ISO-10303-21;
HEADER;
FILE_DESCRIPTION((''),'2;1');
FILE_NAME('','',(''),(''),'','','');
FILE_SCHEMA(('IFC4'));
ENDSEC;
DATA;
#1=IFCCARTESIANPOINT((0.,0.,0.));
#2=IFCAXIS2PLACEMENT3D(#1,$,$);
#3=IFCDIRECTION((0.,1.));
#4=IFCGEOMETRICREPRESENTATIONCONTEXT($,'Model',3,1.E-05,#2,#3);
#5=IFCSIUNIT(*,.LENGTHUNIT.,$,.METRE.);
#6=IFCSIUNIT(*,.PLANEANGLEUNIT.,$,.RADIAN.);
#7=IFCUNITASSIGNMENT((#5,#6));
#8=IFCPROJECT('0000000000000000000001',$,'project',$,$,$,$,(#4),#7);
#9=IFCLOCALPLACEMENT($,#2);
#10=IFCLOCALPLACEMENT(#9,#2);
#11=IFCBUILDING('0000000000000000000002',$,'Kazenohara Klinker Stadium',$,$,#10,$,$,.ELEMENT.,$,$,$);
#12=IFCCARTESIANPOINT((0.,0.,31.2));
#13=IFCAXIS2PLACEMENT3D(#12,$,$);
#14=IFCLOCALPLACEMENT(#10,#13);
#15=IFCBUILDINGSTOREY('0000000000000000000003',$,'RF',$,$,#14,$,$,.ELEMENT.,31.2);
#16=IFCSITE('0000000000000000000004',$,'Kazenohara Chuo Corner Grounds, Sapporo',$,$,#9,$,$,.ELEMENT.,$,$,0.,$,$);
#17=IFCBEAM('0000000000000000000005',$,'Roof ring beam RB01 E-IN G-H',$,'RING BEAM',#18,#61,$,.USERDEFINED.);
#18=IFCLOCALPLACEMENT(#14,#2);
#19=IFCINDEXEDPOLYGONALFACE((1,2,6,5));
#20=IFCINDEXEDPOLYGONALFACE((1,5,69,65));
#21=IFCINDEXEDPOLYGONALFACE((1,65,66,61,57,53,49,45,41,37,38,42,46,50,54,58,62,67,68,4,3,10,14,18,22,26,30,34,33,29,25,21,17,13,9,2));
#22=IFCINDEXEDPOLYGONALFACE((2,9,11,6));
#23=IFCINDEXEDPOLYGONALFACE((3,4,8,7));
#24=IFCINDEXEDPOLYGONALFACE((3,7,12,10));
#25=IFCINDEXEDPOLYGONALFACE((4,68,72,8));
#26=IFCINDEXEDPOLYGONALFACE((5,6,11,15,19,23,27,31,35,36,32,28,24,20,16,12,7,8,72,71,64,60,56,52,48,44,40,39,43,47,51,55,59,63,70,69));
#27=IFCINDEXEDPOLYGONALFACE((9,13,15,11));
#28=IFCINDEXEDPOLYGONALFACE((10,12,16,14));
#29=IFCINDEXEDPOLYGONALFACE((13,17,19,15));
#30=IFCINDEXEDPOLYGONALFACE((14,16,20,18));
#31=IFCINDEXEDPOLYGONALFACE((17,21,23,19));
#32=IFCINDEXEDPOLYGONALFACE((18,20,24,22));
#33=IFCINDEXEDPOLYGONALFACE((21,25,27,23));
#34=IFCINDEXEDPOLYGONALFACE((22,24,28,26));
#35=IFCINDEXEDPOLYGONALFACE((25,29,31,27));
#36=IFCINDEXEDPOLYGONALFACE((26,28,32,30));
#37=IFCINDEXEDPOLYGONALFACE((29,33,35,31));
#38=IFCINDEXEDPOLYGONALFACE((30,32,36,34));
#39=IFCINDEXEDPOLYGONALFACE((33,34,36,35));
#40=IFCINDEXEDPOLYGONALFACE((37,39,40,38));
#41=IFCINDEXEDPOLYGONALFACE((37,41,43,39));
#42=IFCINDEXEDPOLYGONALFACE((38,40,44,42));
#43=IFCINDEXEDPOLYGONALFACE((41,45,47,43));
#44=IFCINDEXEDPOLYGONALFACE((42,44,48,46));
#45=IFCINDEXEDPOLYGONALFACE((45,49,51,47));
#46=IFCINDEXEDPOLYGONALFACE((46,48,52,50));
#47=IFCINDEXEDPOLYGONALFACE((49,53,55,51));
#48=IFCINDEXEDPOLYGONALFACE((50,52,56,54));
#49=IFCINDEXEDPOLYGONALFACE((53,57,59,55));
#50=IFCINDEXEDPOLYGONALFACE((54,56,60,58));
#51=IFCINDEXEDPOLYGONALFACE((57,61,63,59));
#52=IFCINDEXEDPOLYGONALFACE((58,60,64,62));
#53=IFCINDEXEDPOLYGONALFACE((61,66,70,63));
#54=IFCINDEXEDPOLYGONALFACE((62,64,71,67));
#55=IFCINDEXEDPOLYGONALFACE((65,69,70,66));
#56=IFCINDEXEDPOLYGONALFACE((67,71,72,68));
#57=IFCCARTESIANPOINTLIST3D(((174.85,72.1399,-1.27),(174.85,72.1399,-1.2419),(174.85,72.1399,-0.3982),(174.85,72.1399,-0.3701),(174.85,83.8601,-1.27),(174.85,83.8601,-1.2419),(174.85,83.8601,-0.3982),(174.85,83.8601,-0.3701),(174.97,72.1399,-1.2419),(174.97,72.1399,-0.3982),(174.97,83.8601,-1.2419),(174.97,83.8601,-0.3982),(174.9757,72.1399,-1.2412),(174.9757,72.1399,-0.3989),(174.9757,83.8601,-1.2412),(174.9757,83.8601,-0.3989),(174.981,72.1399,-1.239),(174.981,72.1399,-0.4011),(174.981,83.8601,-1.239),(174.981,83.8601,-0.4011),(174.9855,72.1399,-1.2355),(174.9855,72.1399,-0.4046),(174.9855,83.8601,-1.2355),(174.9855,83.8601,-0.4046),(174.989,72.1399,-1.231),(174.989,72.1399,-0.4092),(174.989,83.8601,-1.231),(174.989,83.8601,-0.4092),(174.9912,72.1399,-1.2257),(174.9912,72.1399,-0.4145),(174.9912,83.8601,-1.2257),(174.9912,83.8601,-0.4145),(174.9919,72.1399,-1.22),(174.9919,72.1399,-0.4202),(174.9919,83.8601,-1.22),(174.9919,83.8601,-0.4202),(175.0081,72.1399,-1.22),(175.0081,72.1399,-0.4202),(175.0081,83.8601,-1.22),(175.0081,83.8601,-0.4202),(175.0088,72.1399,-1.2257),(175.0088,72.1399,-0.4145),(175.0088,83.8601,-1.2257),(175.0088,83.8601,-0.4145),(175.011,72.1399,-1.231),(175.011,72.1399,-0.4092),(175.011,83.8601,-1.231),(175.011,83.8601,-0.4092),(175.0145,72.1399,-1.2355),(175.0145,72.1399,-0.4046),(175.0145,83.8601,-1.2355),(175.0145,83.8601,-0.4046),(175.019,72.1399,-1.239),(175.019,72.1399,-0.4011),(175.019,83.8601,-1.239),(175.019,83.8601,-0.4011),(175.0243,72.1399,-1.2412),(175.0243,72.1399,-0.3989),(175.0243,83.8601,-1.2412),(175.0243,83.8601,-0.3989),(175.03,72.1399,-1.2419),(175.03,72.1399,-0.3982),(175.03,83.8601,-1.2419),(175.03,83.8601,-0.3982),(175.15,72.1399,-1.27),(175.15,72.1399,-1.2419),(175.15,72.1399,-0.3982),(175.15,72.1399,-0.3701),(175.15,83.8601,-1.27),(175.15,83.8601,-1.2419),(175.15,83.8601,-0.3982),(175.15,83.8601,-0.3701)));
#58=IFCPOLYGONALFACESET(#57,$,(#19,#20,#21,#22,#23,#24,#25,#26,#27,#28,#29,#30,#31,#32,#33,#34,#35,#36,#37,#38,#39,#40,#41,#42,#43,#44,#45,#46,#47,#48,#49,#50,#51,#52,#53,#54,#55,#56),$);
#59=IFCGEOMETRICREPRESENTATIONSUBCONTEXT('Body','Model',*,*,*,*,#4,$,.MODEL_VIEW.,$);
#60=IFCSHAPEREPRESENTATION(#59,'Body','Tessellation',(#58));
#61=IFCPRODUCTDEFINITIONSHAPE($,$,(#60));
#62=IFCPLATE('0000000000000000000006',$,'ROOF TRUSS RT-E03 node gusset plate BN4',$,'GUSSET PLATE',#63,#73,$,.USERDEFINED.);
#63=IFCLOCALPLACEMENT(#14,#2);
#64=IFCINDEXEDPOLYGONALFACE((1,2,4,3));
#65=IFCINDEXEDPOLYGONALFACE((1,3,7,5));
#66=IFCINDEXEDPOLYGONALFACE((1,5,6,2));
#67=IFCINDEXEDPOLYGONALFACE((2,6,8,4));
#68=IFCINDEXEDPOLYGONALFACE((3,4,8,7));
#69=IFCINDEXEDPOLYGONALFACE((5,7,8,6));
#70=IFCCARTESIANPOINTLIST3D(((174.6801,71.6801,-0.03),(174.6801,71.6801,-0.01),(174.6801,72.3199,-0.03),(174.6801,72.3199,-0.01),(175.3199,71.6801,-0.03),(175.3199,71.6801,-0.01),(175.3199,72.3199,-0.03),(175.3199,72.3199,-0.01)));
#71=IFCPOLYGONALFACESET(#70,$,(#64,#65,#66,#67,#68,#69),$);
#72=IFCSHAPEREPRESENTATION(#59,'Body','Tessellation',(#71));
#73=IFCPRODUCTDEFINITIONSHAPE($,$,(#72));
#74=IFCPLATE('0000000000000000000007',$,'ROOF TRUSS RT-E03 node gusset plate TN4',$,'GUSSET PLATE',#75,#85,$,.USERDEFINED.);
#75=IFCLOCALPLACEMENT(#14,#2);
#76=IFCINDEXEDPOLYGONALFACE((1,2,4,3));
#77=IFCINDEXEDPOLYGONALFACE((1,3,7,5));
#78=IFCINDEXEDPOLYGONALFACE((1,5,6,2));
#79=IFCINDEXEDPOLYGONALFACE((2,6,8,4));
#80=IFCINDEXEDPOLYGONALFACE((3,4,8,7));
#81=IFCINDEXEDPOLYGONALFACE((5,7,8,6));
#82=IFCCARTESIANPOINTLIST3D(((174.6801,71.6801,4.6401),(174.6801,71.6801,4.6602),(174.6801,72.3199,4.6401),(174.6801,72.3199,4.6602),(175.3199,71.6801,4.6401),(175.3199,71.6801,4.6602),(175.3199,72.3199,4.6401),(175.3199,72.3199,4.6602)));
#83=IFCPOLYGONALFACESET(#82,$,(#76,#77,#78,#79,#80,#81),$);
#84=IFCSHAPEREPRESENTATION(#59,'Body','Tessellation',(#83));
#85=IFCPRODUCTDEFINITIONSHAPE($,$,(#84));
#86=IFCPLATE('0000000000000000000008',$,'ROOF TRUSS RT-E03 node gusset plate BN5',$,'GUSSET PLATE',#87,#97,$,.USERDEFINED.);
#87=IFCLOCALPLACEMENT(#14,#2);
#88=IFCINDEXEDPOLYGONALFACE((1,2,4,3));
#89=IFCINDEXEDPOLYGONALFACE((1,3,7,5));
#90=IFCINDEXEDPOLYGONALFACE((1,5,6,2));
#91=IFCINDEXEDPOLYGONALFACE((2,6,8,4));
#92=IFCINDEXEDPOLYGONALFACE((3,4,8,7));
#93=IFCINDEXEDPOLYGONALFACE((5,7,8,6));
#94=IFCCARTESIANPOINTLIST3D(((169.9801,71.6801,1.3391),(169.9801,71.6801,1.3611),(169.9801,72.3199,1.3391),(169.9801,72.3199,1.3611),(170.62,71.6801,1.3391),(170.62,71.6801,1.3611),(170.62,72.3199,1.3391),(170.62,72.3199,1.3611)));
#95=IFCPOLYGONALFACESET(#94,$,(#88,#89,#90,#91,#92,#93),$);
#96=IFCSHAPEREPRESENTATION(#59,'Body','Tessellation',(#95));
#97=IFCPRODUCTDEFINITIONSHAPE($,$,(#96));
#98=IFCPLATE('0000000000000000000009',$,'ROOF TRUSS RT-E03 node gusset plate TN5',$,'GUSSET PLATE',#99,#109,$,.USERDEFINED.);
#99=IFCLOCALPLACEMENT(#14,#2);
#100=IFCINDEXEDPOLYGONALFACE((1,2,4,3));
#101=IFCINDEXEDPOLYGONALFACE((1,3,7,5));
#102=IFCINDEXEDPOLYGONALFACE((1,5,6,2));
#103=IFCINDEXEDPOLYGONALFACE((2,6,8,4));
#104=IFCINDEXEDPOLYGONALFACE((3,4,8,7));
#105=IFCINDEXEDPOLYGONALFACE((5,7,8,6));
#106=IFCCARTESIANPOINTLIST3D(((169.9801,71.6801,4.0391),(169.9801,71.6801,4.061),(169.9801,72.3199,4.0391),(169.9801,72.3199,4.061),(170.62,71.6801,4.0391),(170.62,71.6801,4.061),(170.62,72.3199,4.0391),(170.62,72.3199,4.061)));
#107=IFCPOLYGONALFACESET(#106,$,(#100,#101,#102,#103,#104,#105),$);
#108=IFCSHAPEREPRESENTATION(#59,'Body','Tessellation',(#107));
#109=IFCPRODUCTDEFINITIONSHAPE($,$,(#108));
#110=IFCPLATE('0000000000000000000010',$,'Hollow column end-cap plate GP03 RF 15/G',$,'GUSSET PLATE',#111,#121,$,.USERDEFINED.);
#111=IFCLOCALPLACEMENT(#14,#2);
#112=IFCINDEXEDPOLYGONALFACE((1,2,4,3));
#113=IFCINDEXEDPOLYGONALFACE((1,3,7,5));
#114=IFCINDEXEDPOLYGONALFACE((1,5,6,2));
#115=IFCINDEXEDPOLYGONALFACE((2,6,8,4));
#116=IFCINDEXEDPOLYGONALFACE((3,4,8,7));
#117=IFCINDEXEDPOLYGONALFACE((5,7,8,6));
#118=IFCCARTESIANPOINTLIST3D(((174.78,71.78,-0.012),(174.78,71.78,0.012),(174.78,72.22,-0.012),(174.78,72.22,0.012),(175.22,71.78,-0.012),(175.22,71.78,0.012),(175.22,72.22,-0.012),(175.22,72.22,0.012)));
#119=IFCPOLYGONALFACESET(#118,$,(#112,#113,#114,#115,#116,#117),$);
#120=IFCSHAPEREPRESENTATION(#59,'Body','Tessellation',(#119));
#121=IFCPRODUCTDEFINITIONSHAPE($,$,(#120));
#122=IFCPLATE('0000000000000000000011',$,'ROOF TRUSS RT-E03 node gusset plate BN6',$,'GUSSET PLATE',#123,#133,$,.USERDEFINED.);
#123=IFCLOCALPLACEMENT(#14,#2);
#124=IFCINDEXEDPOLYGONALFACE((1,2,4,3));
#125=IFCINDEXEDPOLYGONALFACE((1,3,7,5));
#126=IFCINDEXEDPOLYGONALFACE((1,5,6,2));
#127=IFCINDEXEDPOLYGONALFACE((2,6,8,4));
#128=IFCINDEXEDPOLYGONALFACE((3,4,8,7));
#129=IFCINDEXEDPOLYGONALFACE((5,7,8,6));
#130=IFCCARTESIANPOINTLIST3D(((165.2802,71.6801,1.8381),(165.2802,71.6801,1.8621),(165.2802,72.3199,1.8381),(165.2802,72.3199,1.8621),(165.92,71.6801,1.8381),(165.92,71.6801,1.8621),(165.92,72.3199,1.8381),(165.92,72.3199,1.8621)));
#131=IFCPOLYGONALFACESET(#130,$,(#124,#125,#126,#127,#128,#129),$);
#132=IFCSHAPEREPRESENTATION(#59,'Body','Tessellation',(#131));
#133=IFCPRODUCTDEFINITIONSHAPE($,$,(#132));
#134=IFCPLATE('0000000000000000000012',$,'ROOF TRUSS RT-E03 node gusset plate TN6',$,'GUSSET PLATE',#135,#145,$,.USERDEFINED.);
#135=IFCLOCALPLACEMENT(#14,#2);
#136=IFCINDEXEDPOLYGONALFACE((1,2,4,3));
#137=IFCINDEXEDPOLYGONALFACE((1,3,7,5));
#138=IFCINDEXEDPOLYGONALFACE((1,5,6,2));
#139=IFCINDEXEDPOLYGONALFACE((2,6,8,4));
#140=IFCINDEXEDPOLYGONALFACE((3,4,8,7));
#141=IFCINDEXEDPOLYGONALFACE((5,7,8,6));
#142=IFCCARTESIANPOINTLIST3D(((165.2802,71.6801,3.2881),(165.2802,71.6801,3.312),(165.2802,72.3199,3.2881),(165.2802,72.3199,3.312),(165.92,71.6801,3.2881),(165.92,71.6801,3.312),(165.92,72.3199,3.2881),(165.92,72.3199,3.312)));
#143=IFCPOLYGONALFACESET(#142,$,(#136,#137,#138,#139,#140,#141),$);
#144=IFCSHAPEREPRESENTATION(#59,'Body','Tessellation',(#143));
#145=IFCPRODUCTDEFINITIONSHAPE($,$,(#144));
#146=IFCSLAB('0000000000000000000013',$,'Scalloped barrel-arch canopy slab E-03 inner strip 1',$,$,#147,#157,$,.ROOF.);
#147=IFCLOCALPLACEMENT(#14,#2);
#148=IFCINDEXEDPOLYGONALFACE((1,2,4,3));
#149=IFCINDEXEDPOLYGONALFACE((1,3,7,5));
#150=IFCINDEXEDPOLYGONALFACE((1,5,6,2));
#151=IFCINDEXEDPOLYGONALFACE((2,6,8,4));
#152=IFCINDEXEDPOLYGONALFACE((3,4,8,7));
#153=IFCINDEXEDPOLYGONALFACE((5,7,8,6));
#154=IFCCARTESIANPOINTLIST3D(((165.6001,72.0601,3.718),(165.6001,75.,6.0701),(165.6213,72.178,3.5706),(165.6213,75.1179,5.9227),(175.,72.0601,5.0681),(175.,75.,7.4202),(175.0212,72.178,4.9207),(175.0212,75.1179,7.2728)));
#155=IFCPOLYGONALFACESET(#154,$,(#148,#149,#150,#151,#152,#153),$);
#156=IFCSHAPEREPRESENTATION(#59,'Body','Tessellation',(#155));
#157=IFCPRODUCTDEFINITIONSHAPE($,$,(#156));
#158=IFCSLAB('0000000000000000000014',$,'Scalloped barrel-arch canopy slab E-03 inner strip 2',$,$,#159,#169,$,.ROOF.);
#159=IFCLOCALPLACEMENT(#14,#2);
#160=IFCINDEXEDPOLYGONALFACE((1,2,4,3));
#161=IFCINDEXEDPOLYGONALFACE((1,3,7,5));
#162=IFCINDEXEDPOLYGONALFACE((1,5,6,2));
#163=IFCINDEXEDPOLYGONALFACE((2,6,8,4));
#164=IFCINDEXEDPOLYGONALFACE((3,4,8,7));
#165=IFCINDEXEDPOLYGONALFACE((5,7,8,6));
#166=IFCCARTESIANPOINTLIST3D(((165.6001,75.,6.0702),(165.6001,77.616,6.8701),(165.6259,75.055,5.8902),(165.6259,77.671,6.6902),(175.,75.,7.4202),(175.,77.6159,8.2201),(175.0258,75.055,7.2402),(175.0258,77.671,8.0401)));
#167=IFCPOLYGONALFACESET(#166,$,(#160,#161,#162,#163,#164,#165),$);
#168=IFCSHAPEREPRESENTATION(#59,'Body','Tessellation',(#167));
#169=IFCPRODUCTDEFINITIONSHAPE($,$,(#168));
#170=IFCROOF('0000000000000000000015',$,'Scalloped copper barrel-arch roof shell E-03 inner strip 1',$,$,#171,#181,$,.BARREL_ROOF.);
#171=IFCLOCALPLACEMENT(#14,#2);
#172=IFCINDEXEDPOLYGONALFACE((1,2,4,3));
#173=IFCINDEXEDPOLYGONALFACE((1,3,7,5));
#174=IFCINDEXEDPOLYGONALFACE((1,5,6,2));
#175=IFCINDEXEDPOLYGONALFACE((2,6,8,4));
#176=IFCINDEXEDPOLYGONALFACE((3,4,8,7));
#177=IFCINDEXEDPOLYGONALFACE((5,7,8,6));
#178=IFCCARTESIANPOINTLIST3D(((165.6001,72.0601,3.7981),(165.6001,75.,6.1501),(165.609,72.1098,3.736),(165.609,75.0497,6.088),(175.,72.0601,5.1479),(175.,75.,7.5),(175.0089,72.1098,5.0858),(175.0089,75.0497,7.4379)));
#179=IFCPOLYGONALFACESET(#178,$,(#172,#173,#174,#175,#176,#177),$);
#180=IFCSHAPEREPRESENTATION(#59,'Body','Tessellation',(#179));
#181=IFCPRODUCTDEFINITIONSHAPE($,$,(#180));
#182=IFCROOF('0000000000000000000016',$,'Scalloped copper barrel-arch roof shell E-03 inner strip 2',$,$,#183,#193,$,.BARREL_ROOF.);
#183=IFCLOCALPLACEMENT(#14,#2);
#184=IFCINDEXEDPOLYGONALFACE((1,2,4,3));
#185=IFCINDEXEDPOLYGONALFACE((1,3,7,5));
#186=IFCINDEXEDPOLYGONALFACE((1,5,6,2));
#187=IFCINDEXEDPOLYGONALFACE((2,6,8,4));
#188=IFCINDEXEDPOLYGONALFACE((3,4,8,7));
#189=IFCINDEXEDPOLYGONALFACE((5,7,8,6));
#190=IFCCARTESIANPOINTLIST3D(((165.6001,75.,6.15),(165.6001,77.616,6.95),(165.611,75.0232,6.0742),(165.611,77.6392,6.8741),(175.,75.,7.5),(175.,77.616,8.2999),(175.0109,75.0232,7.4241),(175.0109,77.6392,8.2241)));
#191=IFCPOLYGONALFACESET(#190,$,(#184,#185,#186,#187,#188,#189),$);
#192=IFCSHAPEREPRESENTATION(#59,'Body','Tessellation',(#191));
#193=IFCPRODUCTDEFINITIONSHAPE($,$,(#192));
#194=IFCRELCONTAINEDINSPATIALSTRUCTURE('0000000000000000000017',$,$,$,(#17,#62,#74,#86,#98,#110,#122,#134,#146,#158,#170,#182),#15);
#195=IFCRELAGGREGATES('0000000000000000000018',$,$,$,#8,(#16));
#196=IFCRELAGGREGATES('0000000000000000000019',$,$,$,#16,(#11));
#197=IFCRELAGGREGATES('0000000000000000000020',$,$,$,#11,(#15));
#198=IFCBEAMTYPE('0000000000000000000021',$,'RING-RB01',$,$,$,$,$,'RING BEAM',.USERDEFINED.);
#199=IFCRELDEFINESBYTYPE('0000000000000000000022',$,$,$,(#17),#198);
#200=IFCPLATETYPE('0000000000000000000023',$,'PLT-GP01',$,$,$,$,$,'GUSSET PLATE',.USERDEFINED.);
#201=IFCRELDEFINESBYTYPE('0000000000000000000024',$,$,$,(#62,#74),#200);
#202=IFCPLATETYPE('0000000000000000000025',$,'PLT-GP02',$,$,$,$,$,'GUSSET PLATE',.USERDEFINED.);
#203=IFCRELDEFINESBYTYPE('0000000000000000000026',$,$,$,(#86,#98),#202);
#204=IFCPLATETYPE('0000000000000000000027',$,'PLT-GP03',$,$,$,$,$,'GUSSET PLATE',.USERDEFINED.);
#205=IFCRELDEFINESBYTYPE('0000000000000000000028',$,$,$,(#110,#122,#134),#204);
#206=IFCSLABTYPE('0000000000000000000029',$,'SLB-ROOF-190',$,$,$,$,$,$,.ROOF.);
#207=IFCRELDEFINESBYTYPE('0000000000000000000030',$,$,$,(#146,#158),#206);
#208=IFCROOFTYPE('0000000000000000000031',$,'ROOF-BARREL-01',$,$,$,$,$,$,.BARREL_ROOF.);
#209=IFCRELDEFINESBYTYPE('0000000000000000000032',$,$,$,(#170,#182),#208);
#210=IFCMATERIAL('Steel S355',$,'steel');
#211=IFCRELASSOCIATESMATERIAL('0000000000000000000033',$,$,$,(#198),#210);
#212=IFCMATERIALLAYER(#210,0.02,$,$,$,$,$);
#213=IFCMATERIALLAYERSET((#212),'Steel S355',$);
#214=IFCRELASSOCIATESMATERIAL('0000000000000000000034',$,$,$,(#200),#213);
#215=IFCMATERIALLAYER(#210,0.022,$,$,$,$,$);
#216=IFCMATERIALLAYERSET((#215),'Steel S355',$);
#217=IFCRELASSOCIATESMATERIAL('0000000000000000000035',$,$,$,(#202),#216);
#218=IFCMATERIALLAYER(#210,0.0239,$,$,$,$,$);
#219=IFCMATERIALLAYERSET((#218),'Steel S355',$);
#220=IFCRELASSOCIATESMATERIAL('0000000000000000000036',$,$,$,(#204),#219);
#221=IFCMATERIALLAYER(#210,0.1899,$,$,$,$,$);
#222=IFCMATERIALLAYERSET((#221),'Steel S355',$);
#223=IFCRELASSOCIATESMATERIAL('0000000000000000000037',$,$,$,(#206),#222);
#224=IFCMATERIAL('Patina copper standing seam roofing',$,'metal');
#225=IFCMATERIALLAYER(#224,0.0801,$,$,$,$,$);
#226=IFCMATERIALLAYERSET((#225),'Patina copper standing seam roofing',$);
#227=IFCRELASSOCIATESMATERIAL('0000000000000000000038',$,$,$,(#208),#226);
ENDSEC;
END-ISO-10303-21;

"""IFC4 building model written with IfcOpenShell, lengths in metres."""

from ifc_helpers import new_model, si_unit, direction, frame, origin, origin_2d, place, context, subcontext, project, spatial, polyline, rectangle, i_section, outline, extrude, material, layer, layer_set, material_profile, profile_set, type_object, element, save


model = new_model("IFC4")

# Units and contexts
model_context = context("Model", 3, precision=1e-05, world=origin(), true_north=direction((0.0, 1.0)))
body_context = subcontext(model_context, "Body", "Model", "MODEL_VIEW")
ifc_project = project(units=[si_unit("LENGTHUNIT", "METRE"), si_unit("PLANEANGLEUNIT", "RADIAN")], contexts=[model_context])

# Site, building, storey
site_placement = place(None, origin())
site = spatial("IfcSite", under=ifc_project, at=site_placement, Name="Kazenohara Chuo Corner Grounds, Sapporo", CompositionType="ELEMENT", RefElevation=0.0)
building_placement = place(site_placement, origin())
building = spatial("IfcBuilding", under=site, at=building_placement, Name="Kazenohara Klinker Stadium", CompositionType="ELEMENT")
storey_placement = place(building_placement, frame((0.0, 0.0, 31.2)))
storey = spatial("IfcBuildingStorey", under=building, at=storey_placement, Name="RF", CompositionType="ELEMENT", Elevation=31.2)

# Shared definitions
ifc_material_1 = material(Name="Steel S355", Category="steel")

# Beam
ifc_material_profile_1 = material_profile(ifc_material_1, i_section(OverallWidth=0.3, OverallDepth=0.8999, WebThickness=0.0161, FlangeThickness=0.0281, FilletRadius=0.022, at=origin_2d()), Name="H-900x300x16x28")
ifc_profile_set_1 = profile_set([ifc_material_profile_1], Name="Steel S355")
beam_type = type_object("IfcBeamType", Name="RING-RB01", ElementType="RING BEAM", PredefinedType="USERDEFINED", material=ifc_profile_set_1)
beam_placement = place(storey_placement, frame((175.0, 72.1399, -0.8201), z_axis=(0.0, 1.0, 0.0), x_axis=(-1.0, 0.0, 0.0)))
element("IfcBeam", 1, at=beam_placement, inside=storey, type_object=beam_type, Name="Roof ring beam RB01 E-IN G-H", ObjectType="RING BEAM", PredefinedType="USERDEFINED", context=body_context, shape_type="SweptSolid", body=[
    extrude(i_section(OverallWidth=0.3, OverallDepth=0.8999, WebThickness=0.0161, FlangeThickness=0.0281, FilletRadius=0.022, at=origin_2d()), origin(), (0.0, 0.0, 1.0), 11.7202),
])

# Plates
ifc_layer_1 = layer(ifc_material_1, 0.02)
ifc_layer_set_1 = layer_set([ifc_layer_1], Name="Steel S355")
plate_type_1 = type_object("IfcPlateType", Name="PLT-GP01", ElementType="GUSSET PLATE", PredefinedType="USERDEFINED", material=ifc_layer_set_1)
for number, where, z_axis, x_axis, name in (
    (2, (175.0, 72.0, -0.03), (0.0, 0.0, 1.0), (1.0, 0.0, 0.0), "ROOF TRUSS RT-E03 node gusset plate BN4"),
    (3, (175.0, 72.0, 4.6401), (0.0, 0.0, 1.0), (1.0, 0.0, 0.0), "ROOF TRUSS RT-E03 node gusset plate TN4"),
):
    element("IfcPlate", number, at=place(storey_placement, frame(where, z_axis=z_axis, x_axis=x_axis)), inside=storey, type_object=plate_type_1, Name=name, ObjectType="GUSSET PLATE", PredefinedType="USERDEFINED", context=body_context, shape_type="SweptSolid", body=[
        extrude(rectangle(XDim=0.6399, YDim=0.6399, at=origin_2d()), origin(), (0.0, 0.0, 1.0), 0.02),
    ])
ifc_layer_2 = layer(ifc_material_1, 0.022)
ifc_layer_set_2 = layer_set([ifc_layer_2], Name="Steel S355")
plate_type_2 = type_object("IfcPlateType", Name="PLT-GP02", ElementType="GUSSET PLATE", PredefinedType="USERDEFINED", material=ifc_layer_set_2)
for number, where, z_axis, x_axis, name in (
    (4, (170.3, 72.0, 1.3391), (0.0, 0.0, 1.0), (1.0, 0.0, 0.0), "ROOF TRUSS RT-E03 node gusset plate BN5"),
    (5, (170.3, 72.0, 4.0391), (0.0, 0.0, 1.0), (1.0, 0.0, 0.0), "ROOF TRUSS RT-E03 node gusset plate TN5"),
):
    element("IfcPlate", number, at=place(storey_placement, frame(where, z_axis=z_axis, x_axis=x_axis)), inside=storey, type_object=plate_type_2, Name=name, ObjectType="GUSSET PLATE", PredefinedType="USERDEFINED", context=body_context, shape_type="SweptSolid", body=[
        extrude(rectangle(XDim=0.6399, YDim=0.6399, at=origin_2d()), origin(), (0.0, 0.0, 1.0), 0.022),
    ])
ifc_layer_3 = layer(ifc_material_1, 0.0239)
ifc_layer_set_3 = layer_set([ifc_layer_3], Name="Steel S355")
plate_type_3 = type_object("IfcPlateType", Name="PLT-GP03", ElementType="GUSSET PLATE", PredefinedType="USERDEFINED", material=ifc_layer_set_3)
plate_placement = place(storey_placement, frame((175.0, 72.0, -0.012), z_axis=(0.0, 0.0, 1.0), x_axis=(1.0, 0.0, 0.0)))
element("IfcPlate", 6, at=plate_placement, inside=storey, type_object=plate_type_3, Name="Hollow column end-cap plate GP03 RF 15/G", ObjectType="GUSSET PLATE", PredefinedType="USERDEFINED", context=body_context, shape_type="SweptSolid", body=[
    extrude(rectangle(XDim=0.4399, YDim=0.4399, at=origin_2d()), origin(), (0.0, 0.0, 1.0), 0.0239),
])
for number, where, z_axis, x_axis, name in (
    (7, (165.6001, 72.0, 1.8381), (0.0, 0.0, 1.0), (1.0, 0.0, 0.0), "ROOF TRUSS RT-E03 node gusset plate BN6"),
    (8, (165.6001, 72.0, 3.2881), (0.0, 0.0, 1.0), (1.0, 0.0, 0.0), "ROOF TRUSS RT-E03 node gusset plate TN6"),
):
    element("IfcPlate", number, at=place(storey_placement, frame(where, z_axis=z_axis, x_axis=x_axis)), inside=storey, type_object=plate_type_3, Name=name, ObjectType="GUSSET PLATE", PredefinedType="USERDEFINED", context=body_context, shape_type="SweptSolid", body=[
        extrude(rectangle(XDim=0.6399, YDim=0.6399, at=origin_2d()), origin(), (0.0, 0.0, 1.0), 0.0239),
    ])

# Slabs
ifc_layer_4 = layer(ifc_material_1, 0.1899)
ifc_layer_set_4 = layer_set([ifc_layer_4], Name="Steel S355")
slab_type = type_object("IfcSlabType", Name="SLB-ROOF-190", PredefinedType="ROOF", material=ifc_layer_set_4)
slab_1_placement = place(storey_placement, frame((175.0, 72.0601, 5.0681), z_axis=(-0.111455, -0.620819, 0.775991), x_axis=(-0.989842, 0.0, -0.14217)))
element("IfcSlab", 9, at=slab_1_placement, inside=storey, type_object=slab_type, Name="Scalloped barrel-arch canopy slab E-03 inner strip 1", PredefinedType="ROOF", context=body_context, shape_type="SweptSolid", body=[
    extrude(outline(polyline([(0.0, 0.0), (9.4964, 0.0), (9.162, -3.7501), (-0.3344, -3.7501), (0.0, 0.0)])), origin(), (0.0, 0.0, -1.0), 0.1899),
])
slab_2_placement = place(storey_placement, frame((175.0, 75.0, 7.4202), z_axis=(-0.136061, -0.289701, 0.947397), x_axis=(-0.989844, -0.000004, -0.142158)))
element("IfcSlab", 10, at=slab_2_placement, inside=storey, type_object=slab_type, Name="Scalloped barrel-arch canopy slab E-03 inner strip 2", PredefinedType="ROOF", context=body_context, shape_type="SweptSolid", body=[
    extrude(outline(polyline([(0.0, 0.0), (9.4964, 0.0), (9.3826, -2.7332), (-0.1137, -2.7331), (0.0, 0.0)])), origin(), (0.0, 0.0, -1.0), 0.1899),
])

# Roofs
ifc_material_2 = material(Name="Patina copper standing seam roofing", Category="metal")
ifc_layer_5 = layer(ifc_material_2, 0.0801)
ifc_layer_set_5 = layer_set([ifc_layer_5], Name="Patina copper standing seam roofing")
roof_type = type_object("IfcRoofType", Name="ROOF-BARREL-01", PredefinedType="BARREL_ROOF", material=ifc_layer_set_5)
roof_1_placement = place(storey_placement, frame((175.0, 72.0601, 5.1479), z_axis=(-0.111435, -0.62082, 0.775993), x_axis=(-0.989846, 0.0, -0.142145)))
element("IfcRoof", 11, at=roof_1_placement, inside=storey, type_object=roof_type, Name="Scalloped copper barrel-arch roof shell E-03 inner strip 1", PredefinedType="BARREL_ROOF", context=body_context, shape_type="SweptSolid", body=[
    extrude(outline(polyline([(0.0, 0.0), (9.4963, 0.0), (9.162, -3.7501), (-0.3343, -3.7501), (0.0, 0.0)])), origin(), (0.0, 0.0, -1.0), 0.0801),
])
roof_2_placement = place(storey_placement, frame((175.0, 75.0, 7.5), z_axis=(-0.136061, -0.289701, 0.947397), x_axis=(-0.989844, 0.000004, -0.142156)))
element("IfcRoof", 12, at=roof_2_placement, inside=storey, type_object=roof_type, Name="Scalloped copper barrel-arch roof shell E-03 inner strip 2", PredefinedType="BARREL_ROOF", context=body_context, shape_type="SweptSolid", body=[
    extrude(outline(polyline([(0.0, 0.0), (9.4963, 0.0), (9.3826, -2.7331), (-0.1137, -2.7332), (0.0, 0.0)])), origin(), (0.0, 0.0, -1.0), 0.0801),
])

save(model, "model.ifc")
